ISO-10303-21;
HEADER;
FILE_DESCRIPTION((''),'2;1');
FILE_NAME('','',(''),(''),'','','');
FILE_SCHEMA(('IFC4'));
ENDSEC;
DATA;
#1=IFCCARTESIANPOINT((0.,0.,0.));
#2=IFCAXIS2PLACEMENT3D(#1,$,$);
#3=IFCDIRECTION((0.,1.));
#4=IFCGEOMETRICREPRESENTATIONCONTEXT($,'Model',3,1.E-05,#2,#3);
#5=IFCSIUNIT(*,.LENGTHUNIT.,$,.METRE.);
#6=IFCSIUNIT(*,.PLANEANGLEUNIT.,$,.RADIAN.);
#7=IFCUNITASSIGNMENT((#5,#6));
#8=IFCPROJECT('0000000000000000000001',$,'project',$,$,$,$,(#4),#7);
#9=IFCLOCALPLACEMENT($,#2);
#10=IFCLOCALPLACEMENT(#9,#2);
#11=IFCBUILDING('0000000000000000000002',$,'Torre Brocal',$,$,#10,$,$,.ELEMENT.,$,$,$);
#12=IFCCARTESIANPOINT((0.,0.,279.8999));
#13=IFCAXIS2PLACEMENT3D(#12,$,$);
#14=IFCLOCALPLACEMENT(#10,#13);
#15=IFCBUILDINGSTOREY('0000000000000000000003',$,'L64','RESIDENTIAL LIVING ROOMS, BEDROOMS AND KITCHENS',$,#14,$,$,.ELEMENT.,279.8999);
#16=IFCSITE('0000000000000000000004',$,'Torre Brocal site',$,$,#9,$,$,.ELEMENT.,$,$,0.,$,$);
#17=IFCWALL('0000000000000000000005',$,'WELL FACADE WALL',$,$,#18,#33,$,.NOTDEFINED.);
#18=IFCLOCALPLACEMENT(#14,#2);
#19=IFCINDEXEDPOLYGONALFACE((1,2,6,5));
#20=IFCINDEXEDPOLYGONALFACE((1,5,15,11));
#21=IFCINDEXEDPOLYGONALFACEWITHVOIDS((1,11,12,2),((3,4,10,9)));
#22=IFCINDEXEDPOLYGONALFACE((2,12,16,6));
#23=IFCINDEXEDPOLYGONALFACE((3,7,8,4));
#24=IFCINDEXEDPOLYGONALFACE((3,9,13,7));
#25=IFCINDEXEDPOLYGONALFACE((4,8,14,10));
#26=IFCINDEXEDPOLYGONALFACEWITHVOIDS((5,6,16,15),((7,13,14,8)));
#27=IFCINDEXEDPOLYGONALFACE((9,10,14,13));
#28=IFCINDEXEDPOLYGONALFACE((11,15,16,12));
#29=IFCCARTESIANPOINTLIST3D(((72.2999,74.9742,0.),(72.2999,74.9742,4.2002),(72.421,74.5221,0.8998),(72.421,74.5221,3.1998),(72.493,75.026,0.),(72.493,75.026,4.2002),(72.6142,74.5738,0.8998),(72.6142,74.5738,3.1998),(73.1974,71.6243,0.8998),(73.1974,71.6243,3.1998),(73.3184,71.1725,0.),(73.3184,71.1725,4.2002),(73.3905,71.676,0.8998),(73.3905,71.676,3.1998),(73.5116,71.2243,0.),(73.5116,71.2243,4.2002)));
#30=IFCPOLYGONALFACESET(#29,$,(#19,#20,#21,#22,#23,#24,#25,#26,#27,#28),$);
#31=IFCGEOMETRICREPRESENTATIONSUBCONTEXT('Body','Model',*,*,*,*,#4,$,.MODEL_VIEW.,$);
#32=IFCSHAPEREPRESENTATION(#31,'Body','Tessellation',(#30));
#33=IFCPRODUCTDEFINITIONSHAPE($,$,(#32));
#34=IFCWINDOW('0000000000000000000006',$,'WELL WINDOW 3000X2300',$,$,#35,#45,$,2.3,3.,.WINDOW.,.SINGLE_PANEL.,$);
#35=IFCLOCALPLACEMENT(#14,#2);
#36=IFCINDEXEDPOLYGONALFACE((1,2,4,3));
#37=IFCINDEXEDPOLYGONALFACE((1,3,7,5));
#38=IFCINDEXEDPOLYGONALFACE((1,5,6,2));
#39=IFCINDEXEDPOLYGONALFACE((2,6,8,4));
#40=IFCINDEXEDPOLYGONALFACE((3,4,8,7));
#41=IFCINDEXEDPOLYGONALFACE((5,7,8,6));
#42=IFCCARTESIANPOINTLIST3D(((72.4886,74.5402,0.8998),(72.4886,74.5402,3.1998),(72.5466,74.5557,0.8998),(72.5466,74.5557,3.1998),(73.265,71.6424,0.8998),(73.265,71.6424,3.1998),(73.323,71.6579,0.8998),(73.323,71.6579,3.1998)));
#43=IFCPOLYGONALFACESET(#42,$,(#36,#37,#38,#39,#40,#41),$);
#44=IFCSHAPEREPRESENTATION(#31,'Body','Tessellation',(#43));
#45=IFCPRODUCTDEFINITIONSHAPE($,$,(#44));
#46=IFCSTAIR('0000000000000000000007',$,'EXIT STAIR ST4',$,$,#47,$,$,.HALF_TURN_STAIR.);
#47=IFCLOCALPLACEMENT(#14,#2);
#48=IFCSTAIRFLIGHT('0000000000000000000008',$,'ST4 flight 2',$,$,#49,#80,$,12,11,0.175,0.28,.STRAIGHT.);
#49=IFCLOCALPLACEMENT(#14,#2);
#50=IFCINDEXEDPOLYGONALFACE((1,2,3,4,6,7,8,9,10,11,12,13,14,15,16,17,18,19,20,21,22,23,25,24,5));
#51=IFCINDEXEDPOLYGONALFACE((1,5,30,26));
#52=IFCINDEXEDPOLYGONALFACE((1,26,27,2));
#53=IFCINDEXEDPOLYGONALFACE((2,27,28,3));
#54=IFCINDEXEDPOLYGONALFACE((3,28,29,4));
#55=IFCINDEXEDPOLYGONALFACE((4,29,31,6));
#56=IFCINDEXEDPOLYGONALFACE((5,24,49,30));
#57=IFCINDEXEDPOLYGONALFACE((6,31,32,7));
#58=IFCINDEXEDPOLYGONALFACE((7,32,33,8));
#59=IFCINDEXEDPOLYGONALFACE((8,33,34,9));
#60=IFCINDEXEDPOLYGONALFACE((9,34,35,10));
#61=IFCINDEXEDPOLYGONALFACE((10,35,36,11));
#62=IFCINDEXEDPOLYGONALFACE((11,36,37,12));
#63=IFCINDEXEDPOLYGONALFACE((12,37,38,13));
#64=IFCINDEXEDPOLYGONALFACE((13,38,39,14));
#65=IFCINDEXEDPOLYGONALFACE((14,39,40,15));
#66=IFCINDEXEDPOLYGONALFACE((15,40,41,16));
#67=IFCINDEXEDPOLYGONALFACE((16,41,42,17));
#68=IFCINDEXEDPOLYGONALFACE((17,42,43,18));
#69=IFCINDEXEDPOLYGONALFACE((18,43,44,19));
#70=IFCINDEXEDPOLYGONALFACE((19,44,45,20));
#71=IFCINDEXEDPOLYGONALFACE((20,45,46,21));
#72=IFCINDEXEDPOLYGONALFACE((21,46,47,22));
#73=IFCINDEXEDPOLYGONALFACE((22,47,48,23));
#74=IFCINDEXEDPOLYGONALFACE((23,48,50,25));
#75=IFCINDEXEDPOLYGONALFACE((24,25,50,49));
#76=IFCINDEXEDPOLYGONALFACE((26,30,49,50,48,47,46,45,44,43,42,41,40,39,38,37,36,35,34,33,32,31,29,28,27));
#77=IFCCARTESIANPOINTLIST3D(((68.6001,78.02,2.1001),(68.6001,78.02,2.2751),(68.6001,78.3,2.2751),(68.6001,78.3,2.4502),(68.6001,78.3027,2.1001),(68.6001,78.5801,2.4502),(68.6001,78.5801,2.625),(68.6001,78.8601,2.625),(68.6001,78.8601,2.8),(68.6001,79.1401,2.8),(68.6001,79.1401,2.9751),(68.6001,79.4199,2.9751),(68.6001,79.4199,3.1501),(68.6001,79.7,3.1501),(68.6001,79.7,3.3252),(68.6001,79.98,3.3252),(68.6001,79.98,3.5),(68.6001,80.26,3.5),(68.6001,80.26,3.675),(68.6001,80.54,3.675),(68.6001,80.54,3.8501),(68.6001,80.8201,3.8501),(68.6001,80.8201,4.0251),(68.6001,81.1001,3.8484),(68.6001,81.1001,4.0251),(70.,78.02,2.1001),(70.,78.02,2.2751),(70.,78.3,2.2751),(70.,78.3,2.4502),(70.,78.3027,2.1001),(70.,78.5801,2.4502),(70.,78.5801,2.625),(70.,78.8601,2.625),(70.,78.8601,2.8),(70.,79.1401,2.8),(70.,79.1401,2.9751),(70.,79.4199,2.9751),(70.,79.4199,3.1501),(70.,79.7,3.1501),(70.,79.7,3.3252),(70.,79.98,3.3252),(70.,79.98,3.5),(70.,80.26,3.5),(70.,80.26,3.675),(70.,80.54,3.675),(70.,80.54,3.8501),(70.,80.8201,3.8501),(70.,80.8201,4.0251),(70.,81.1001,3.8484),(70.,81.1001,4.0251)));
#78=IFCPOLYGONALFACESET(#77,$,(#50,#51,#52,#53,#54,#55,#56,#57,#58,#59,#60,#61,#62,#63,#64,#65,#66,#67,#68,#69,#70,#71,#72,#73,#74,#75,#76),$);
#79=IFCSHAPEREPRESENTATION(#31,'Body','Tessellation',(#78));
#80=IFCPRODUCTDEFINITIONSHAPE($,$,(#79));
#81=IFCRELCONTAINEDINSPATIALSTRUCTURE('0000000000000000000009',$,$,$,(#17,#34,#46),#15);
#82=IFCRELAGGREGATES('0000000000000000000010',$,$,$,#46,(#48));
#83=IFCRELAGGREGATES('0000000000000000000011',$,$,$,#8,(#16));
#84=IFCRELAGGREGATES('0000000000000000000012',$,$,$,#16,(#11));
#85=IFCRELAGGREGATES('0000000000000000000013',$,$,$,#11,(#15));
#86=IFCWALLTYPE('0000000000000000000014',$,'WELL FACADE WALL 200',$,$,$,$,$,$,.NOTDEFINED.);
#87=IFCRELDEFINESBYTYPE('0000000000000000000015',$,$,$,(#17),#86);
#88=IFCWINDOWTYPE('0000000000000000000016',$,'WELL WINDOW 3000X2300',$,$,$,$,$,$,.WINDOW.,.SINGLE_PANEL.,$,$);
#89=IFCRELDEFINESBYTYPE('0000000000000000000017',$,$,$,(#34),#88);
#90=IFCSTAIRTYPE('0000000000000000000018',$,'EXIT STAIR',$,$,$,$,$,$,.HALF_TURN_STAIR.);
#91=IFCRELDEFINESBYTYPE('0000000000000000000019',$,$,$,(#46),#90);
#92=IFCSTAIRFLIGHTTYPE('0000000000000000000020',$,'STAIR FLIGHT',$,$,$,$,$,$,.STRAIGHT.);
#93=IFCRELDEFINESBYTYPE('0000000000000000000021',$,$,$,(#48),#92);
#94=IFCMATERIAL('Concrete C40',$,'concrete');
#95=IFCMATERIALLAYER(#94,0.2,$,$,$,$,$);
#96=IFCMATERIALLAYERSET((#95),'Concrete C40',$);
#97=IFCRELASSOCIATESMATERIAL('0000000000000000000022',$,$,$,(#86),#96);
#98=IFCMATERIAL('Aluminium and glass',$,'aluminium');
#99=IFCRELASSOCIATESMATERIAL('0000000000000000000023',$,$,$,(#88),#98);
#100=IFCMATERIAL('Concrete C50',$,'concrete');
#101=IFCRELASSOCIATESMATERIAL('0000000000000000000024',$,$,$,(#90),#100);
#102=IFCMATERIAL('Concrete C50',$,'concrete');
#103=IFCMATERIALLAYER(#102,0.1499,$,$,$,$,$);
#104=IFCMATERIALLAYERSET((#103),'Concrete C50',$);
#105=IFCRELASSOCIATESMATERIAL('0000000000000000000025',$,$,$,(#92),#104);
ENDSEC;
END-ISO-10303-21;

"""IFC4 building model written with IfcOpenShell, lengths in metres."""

from ifc_helpers import new_model, si_unit, direction, frame, frame_2d, origin, place, context, subcontext, project, spatial, polyline, rectangle, outline, extrude, material, layer, layer_set, type_object, element, fill, aggregate, save


model = new_model("IFC4")

# Units and contexts
model_context = context("Model", 3, precision=1e-05, world=origin(), true_north=direction((0.0, 1.0)))
body_context = subcontext(model_context, "Body", "Model", "MODEL_VIEW")
ifc_project = project(units=[si_unit("LENGTHUNIT", "METRE"), si_unit("PLANEANGLEUNIT", "RADIAN")], contexts=[model_context])

# Site, building, storey
site_placement = place(None, origin())
site = spatial("IfcSite", under=ifc_project, at=site_placement, Name="Torre Brocal site", CompositionType="ELEMENT", RefElevation=0.0)
building_placement = place(site_placement, origin())
building = spatial("IfcBuilding", under=site, at=building_placement, Name="Torre Brocal", CompositionType="ELEMENT")
storey_placement = place(building_placement, frame((0.0, 0.0, 279.8999)))
storey = spatial("IfcBuildingStorey", under=building, at=storey_placement, Name="L64", Description="RESIDENTIAL LIVING ROOMS, BEDROOMS AND KITCHENS", CompositionType="ELEMENT", Elevation=279.8999)

# Wall, opening, window
ifc_material_1 = material(Name="Concrete C40", Category="concrete")
ifc_layer_1 = layer(ifc_material_1, 0.2)
ifc_layer_set_1 = layer_set([ifc_layer_1], Name="Concrete C40")
wall_type_1 = type_object("IfcWallType", Name="WELL FACADE WALL 200", PredefinedType="NOTDEFINED", material=ifc_layer_set_1)
ifc_material_2 = material(Name="Aluminium and glass", Category="aluminium")
window_type = type_object("IfcWindowType", Name="WELL WINDOW 3000X2300", PartitioningType="SINGLE_PANEL", PredefinedType="WINDOW", material=ifc_material_2)
wall_1_placement = place(storey_placement, frame((72.3965, 75.0, 0.0), z_axis=(0.0, 0.0, 1.0), x_axis=(0.25879, -0.965934, 0.0)))
wall_1 = element("IfcWall", 1, at=wall_1_placement, inside=storey, type_object=wall_type_1, Name="WELL FACADE WALL", PredefinedType="NOTDEFINED", context=body_context, shape_type="SweptSolid", body=[
    extrude(rectangle(XDim=3.9358, YDim=0.2, at=frame_2d((1.9678, 0.0))), origin(), (0.0, 0.0, 1.0), 4.2002),
])
opening_1_placement = place(wall_1_placement, frame((0.468, 0.0, 0.8999)))
opening_1 = element("IfcOpeningElement", 2, at=opening_1_placement, cuts=wall_1, PredefinedType="OPENING", context=body_context, shape_type="SweptSolid", body=[
    extrude(rectangle(XDim=3.0, YDim=2.3, at=frame_2d((1.5, 1.1499))), frame((0.0, 0.1099, 0.0), z_axis=(0.0, -1.0, 0.0), x_axis=(1.0, 0.0, 0.0)), (0.0, 0.0, 1.0), 0.22),
])
window_1_placement = place(opening_1_placement, origin())
window_1 = element("IfcWindow", 3, at=window_1_placement, inside=storey, type_object=window_type, Name="WELL WINDOW 3000X2300", OverallHeight=2.3, OverallWidth=3.0, PartitioningType="SINGLE_PANEL", PredefinedType="WINDOW", context=body_context, shape_type="SweptSolid", body=[
    extrude(rectangle(XDim=3.0, YDim=2.3, at=frame_2d((1.5, 1.1499))), frame((0.0, 0.03, 0.0), z_axis=(0.0, -1.0, 0.0), x_axis=(1.0, 0.0, 0.0)), (0.0, 0.0, 1.0), 0.0601),
])
fill(opening_1, window_1)

# Stair, stair flight
ifc_material_3 = material(Name="Concrete C50", Category="concrete")
stair_type = type_object("IfcStairType", Name="EXIT STAIR", PredefinedType="HALF_TURN_STAIR", material=ifc_material_3)
stair_placement = place(storey_placement, origin())
stair = element("IfcStair", 4, at=stair_placement, inside=storey, type_object=stair_type, Name="EXIT STAIR ST4", PredefinedType="HALF_TURN_STAIR")
ifc_material_4 = material(Name="Concrete C50", Category="concrete")
ifc_layer_2 = layer(ifc_material_4, 0.1499)
ifc_layer_set_2 = layer_set([ifc_layer_2], Name="Concrete C50")
stair_flight_type = type_object("IfcStairFlightType", Name="STAIR FLIGHT", PredefinedType="STRAIGHT", material=ifc_layer_set_2)
stair_flight_placement = place(storey_placement, frame((69.3, 78.02, 2.1001), z_axis=(0.0, 0.0, 1.0), x_axis=(0.0, 1.0, 0.0)))
stair_flight = element("IfcStairFlight", 5, at=stair_flight_placement, type_object=stair_flight_type, Name="ST4 flight 2", NumberOfRisers=12, NumberOfTreads=11, PredefinedType="STRAIGHT", RiserHeight=0.175, TreadLength=0.28, context=body_context, shape_type="SweptSolid", body=[
    extrude(outline(polyline([(0.0, 0.0), (0.0, 0.175), (0.28, 0.175), (0.28, 0.3501), (0.5601, 0.3501), (0.5601, 0.5249), (0.8401, 0.5249), (0.8401, 0.7), (1.1201, 0.7), (1.1201, 0.875), (1.3999, 0.875), (1.3999, 1.05), (1.6799, 1.05), (1.6799, 1.2251), (1.96, 1.2251), (1.96, 1.3999), (2.24, 1.3999), (2.24, 1.575), (2.52, 1.575), (2.52, 1.75), (2.8, 1.75), (2.8, 1.925), (3.0801, 1.925), (3.0801, 2.1001), (3.0801, 1.7483), (0.2827, 0.0), (0.0, 0.0)])), frame((0.0, 0.7, 0.0), z_axis=(0.0, -1.0, 0.0), x_axis=(1.0, 0.0, 0.0)), (0.0, 0.0, 1.0), 1.3999),
])
aggregate(stair, [stair_flight])

save(model, "model.ifc")
